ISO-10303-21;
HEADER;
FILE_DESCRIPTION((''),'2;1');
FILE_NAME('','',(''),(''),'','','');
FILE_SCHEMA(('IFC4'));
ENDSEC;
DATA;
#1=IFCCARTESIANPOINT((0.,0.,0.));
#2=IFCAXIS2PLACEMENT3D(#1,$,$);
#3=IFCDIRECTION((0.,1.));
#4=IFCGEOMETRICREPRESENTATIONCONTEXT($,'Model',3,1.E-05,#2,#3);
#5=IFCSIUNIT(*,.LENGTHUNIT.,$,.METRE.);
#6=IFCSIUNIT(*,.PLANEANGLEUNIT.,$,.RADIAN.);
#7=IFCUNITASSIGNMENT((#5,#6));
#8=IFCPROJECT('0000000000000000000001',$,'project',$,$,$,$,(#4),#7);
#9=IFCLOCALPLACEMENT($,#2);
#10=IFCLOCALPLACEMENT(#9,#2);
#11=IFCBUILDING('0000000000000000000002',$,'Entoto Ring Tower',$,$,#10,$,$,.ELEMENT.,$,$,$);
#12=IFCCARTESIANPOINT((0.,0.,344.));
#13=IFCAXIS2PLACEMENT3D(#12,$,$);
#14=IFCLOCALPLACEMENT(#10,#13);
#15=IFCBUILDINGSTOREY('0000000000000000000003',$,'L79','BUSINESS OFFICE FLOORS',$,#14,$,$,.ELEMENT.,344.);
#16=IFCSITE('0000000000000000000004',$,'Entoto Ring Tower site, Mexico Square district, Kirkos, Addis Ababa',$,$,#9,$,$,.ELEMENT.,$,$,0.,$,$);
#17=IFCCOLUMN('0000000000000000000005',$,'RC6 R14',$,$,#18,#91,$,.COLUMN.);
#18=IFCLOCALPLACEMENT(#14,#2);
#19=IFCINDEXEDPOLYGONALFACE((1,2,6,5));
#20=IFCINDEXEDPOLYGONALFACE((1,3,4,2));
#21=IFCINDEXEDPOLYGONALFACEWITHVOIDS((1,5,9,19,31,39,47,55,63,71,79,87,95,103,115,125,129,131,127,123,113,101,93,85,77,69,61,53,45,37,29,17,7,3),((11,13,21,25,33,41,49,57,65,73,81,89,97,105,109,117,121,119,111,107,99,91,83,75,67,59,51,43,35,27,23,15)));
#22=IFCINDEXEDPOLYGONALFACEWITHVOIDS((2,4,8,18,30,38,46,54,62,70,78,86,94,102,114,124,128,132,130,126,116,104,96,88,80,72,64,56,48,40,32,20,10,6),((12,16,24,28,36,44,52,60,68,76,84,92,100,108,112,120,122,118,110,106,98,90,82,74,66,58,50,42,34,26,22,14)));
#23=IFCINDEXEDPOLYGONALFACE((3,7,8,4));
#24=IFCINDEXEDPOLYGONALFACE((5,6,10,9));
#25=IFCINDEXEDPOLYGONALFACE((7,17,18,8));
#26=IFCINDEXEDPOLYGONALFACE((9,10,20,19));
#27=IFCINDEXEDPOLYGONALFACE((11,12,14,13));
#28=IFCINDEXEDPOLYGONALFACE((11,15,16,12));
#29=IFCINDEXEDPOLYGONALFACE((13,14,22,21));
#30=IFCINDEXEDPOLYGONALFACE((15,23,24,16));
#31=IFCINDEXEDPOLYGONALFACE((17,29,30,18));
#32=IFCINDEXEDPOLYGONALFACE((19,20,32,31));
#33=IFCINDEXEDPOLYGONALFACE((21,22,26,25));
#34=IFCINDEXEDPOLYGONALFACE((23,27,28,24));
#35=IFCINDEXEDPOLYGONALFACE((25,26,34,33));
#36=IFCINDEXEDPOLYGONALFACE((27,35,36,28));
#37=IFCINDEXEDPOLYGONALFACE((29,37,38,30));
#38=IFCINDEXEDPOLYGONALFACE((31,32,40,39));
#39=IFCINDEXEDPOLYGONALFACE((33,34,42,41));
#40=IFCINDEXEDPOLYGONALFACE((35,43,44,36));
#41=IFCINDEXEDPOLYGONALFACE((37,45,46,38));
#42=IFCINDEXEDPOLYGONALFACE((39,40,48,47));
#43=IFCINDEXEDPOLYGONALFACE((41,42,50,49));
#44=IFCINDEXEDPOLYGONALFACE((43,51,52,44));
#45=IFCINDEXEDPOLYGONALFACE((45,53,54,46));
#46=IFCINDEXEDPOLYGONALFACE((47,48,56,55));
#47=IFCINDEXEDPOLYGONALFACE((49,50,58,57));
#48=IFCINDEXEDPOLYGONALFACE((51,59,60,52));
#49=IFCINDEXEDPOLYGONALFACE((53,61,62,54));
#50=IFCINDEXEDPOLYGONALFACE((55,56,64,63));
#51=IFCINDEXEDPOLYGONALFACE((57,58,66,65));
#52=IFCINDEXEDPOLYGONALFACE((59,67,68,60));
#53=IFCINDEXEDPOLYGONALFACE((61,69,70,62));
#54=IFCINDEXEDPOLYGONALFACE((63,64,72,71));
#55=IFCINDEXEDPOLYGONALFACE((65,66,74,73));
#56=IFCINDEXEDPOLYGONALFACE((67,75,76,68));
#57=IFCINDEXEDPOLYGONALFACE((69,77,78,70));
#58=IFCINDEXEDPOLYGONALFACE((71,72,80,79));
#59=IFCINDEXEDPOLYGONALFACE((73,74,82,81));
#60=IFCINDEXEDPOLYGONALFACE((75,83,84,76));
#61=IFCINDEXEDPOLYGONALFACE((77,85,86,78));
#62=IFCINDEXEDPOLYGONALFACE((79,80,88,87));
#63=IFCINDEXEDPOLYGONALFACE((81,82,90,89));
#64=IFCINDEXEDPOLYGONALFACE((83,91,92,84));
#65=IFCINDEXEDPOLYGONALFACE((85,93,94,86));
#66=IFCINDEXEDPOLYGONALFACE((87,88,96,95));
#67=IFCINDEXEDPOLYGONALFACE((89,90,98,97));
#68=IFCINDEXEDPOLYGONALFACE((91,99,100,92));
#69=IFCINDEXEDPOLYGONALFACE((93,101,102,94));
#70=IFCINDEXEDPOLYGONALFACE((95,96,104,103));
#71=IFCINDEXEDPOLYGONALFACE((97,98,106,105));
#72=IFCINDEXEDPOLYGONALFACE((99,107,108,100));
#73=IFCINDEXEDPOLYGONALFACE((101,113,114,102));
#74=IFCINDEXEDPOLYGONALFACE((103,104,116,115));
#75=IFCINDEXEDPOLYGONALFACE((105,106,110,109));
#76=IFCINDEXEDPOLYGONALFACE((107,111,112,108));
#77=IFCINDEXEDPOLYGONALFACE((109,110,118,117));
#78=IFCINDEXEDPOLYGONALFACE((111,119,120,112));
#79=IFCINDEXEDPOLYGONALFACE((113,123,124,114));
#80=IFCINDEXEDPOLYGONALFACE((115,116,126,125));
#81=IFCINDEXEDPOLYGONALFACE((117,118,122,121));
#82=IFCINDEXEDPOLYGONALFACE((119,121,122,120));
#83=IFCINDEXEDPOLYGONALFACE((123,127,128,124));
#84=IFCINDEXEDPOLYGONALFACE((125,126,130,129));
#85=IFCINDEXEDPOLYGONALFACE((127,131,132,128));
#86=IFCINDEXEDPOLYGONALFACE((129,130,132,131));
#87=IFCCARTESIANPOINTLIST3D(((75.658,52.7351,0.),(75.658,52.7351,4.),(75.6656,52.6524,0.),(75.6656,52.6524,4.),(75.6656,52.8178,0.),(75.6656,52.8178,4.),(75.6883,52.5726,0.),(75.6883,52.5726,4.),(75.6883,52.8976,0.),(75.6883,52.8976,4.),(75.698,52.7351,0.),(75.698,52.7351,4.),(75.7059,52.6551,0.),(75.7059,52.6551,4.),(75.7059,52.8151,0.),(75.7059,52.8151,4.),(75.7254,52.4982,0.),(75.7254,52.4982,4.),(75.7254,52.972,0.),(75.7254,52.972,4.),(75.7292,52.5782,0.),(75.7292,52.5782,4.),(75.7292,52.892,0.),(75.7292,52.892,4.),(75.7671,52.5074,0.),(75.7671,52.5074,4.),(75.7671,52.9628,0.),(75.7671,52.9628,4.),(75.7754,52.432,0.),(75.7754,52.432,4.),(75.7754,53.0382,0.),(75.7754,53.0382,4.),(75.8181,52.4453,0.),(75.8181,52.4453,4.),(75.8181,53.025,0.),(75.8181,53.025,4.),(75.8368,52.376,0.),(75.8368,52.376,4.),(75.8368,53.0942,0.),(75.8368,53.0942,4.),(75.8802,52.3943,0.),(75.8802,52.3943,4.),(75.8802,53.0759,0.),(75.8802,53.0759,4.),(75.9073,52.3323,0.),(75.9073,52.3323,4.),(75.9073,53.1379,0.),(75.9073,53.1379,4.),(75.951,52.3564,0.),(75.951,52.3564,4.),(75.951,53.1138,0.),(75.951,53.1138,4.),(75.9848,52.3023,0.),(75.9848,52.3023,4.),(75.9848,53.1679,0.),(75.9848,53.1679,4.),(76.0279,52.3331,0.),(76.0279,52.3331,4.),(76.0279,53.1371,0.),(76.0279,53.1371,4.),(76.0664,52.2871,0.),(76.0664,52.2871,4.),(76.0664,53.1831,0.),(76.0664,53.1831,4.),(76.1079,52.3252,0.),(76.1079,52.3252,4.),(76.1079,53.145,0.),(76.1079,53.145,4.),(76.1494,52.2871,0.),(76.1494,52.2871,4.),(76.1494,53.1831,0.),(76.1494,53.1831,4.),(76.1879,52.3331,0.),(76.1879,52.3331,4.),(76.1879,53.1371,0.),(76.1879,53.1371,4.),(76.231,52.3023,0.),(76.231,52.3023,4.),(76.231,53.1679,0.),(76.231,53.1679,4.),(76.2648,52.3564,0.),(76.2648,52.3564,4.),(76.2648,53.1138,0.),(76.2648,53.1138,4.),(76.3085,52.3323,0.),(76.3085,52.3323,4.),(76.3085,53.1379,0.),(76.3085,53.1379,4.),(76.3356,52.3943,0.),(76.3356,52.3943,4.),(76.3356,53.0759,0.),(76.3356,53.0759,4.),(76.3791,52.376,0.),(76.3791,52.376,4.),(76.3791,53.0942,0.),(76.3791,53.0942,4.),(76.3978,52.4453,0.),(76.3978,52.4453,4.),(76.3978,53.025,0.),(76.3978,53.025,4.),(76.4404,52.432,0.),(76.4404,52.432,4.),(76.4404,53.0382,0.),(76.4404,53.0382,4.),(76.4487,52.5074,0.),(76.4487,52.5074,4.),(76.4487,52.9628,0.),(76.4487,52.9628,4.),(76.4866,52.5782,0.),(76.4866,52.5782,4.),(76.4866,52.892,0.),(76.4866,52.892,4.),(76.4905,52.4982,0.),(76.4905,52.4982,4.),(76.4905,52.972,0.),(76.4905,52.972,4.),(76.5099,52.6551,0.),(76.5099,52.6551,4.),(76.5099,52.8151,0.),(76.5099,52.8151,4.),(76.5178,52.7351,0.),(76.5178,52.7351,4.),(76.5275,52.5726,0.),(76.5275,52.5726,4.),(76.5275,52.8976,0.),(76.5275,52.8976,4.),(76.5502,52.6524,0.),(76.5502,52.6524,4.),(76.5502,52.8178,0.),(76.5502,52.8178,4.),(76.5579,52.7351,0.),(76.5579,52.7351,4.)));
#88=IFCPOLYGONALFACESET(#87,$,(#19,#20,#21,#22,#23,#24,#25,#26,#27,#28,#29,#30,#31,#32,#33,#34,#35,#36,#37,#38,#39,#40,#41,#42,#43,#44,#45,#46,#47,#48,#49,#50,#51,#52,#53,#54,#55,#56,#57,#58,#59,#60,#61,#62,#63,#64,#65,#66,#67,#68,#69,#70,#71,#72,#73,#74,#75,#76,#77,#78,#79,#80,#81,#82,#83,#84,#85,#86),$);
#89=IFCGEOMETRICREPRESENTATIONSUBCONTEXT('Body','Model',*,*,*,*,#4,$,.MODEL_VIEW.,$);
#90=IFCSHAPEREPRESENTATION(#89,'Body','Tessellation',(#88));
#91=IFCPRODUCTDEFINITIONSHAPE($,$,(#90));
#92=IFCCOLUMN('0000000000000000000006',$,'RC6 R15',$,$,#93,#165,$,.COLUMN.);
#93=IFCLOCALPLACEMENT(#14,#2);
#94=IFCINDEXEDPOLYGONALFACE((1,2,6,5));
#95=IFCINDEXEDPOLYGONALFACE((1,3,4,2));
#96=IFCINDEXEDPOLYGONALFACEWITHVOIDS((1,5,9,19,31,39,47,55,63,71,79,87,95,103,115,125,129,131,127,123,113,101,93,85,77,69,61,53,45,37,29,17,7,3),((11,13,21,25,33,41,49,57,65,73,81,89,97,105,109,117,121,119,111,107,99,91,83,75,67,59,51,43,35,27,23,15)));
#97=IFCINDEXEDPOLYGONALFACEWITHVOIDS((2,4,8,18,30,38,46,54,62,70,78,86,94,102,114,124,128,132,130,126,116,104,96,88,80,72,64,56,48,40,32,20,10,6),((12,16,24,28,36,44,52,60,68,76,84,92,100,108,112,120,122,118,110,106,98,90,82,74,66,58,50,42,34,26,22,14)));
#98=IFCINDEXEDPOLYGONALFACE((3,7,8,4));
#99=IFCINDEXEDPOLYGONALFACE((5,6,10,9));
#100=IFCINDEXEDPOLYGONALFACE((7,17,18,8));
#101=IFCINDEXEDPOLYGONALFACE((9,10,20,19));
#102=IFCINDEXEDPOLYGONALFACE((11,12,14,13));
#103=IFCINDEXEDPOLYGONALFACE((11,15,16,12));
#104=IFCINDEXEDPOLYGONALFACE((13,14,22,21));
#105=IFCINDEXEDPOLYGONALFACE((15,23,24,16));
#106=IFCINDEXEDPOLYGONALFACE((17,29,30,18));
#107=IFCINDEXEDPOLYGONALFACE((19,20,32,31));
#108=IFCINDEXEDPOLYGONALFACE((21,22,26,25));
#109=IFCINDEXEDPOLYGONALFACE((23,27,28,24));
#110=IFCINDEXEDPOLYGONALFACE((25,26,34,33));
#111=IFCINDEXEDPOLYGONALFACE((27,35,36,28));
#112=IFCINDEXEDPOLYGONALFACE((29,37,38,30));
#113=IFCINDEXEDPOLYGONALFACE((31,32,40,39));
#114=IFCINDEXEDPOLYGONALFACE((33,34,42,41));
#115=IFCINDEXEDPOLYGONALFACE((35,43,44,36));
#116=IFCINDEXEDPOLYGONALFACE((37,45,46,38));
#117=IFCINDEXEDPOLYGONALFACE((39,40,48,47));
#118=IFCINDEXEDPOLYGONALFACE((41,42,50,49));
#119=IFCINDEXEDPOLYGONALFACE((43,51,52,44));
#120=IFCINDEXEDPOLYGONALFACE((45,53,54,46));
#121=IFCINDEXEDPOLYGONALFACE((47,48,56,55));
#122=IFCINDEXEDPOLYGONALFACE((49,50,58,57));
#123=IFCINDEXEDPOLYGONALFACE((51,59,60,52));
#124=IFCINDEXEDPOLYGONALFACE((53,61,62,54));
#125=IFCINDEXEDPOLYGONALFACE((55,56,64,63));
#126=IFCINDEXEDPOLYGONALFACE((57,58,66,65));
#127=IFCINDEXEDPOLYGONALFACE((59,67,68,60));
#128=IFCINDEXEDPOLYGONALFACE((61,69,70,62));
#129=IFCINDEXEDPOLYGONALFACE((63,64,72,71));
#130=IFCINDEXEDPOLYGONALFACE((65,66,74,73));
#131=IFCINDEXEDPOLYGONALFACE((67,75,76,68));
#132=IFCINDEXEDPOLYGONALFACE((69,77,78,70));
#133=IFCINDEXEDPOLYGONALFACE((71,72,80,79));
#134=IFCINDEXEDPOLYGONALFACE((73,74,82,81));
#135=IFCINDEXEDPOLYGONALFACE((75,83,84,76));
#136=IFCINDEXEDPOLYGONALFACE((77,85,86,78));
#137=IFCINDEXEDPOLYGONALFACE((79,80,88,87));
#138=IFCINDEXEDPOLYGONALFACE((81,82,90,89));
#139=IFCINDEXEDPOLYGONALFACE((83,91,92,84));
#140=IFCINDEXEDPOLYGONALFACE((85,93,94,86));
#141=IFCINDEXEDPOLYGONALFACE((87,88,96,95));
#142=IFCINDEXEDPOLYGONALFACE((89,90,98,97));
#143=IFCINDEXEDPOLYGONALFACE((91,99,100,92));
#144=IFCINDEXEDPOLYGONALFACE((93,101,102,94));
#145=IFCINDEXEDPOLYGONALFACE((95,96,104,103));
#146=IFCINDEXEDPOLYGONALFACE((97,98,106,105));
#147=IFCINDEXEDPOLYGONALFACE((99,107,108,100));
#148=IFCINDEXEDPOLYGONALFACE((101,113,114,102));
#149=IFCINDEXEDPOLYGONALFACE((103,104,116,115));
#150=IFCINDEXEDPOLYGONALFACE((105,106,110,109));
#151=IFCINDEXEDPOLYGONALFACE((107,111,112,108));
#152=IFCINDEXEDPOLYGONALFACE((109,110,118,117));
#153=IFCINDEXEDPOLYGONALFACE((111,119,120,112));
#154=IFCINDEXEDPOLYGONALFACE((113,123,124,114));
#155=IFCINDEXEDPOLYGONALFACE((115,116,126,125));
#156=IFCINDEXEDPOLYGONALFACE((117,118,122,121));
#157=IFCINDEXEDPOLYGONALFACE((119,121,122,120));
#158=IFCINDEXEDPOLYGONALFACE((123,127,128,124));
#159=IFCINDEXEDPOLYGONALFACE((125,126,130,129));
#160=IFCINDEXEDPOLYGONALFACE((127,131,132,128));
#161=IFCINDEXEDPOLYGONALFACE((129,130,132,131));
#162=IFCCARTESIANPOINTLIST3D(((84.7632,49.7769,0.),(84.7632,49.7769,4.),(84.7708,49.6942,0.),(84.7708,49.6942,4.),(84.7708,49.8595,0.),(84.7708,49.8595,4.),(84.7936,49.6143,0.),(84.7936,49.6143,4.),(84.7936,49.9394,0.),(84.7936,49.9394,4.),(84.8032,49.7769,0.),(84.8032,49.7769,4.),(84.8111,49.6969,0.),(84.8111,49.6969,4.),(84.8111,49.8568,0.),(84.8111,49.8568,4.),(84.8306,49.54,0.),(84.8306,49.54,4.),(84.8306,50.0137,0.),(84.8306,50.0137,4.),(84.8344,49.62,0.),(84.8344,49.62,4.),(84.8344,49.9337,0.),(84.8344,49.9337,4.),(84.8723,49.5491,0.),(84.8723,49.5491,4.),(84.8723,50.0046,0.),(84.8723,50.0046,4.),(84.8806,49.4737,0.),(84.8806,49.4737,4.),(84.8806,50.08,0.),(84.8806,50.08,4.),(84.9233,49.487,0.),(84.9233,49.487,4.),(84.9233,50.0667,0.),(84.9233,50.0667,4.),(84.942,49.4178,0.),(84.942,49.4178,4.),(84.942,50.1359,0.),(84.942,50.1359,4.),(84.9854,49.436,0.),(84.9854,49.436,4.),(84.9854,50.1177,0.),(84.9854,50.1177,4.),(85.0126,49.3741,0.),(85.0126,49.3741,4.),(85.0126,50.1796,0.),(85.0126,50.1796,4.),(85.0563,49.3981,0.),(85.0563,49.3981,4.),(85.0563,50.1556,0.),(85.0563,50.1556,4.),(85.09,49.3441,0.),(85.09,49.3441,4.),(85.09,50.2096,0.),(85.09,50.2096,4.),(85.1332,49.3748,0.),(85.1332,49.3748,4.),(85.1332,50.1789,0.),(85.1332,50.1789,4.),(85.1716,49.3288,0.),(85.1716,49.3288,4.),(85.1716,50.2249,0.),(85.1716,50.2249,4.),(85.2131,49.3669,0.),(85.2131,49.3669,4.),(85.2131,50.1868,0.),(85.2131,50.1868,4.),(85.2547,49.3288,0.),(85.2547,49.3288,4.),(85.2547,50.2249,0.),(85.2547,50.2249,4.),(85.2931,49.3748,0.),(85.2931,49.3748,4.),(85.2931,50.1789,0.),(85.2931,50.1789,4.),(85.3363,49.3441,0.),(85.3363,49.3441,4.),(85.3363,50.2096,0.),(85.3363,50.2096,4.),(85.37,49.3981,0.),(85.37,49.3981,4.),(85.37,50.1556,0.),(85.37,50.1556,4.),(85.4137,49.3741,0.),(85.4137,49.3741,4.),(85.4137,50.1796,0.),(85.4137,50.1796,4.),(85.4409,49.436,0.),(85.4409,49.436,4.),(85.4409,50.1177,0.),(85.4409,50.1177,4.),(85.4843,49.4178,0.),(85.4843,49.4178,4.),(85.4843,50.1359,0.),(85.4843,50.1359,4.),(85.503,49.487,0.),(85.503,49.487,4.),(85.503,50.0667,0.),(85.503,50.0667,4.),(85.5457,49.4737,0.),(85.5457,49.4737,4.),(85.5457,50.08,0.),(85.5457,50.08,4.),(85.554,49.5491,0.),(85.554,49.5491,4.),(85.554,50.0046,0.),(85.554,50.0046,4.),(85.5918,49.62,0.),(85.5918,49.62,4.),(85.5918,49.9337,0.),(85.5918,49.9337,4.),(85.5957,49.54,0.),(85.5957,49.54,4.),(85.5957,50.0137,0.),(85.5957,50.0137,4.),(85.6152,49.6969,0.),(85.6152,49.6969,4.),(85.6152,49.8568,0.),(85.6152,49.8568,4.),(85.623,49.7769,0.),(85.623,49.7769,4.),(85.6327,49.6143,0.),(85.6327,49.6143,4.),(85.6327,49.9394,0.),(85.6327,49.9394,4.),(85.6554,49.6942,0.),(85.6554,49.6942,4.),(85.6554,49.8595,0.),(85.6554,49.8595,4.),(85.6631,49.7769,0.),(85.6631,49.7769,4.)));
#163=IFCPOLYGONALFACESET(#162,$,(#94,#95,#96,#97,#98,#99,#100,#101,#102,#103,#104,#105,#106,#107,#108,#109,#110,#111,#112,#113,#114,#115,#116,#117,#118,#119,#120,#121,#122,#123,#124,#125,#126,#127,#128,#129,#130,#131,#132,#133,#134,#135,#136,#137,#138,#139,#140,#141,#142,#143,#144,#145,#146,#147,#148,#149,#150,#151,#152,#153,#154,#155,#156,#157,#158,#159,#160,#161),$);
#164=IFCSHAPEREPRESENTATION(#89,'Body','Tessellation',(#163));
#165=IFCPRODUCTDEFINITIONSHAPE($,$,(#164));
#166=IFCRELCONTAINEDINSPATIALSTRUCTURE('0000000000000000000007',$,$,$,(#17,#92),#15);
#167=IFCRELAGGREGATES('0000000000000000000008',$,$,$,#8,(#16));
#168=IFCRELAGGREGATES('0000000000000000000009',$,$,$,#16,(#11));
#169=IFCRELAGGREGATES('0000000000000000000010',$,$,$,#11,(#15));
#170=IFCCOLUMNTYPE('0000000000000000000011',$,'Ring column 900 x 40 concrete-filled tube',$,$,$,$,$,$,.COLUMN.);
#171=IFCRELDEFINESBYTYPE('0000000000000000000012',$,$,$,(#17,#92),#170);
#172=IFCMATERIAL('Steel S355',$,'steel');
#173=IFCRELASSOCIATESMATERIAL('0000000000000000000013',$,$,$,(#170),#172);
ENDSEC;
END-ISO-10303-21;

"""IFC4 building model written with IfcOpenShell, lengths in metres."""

from ifc_helpers import new_model, si_unit, direction, frame, origin, origin_2d, place, context, subcontext, project, spatial, circle, hollow_circle, extrude, material, material_profile, profile_set, type_object, element, save


model = new_model("IFC4")

# Units and contexts
model_context = context("Model", 3, precision=1e-05, world=origin(), true_north=direction((0.0, 1.0)))
body_context = subcontext(model_context, "Body", "Model", "MODEL_VIEW")
ifc_project = project(units=[si_unit("LENGTHUNIT", "METRE"), si_unit("PLANEANGLEUNIT", "RADIAN")], contexts=[model_context])

# Site, building, storey
site_placement = place(None, origin())
site = spatial("IfcSite", under=ifc_project, at=site_placement, Name="Entoto Ring Tower site, Mexico Square district, Kirkos, Addis Ababa", CompositionType="ELEMENT", RefElevation=0.0)
building_placement = place(site_placement, origin())
building = spatial("IfcBuilding", under=site, at=building_placement, Name="Entoto Ring Tower", CompositionType="ELEMENT")
storey_placement = place(building_placement, frame((0.0, 0.0, 344.0)))
storey = spatial("IfcBuildingStorey", under=building, at=storey_placement, Name="L79", Description="BUSINESS OFFICE FLOORS", CompositionType="ELEMENT", Elevation=344.0)

# Columns
ifc_material_1 = material(Name="Steel S355", Category="steel")
ifc_material_profile_1 = material_profile(ifc_material_1, hollow_circle(Radius=0.45, WallThickness=0.04, at=origin_2d()), Name="CHS 900 x 40")
ifc_material_2 = material(Name="Concrete C60/75", Category="concrete")
ifc_material_profile_2 = material_profile(ifc_material_2, circle(Radius=0.4099, at=origin_2d()), Name="Concrete C60/75 infill")
ifc_profile_set_1 = profile_set([ifc_material_profile_1, ifc_material_profile_2], Name="Steel S355")
column_type = type_object("IfcColumnType", Name="Ring column 900 x 40 concrete-filled tube", PredefinedType="COLUMN", material=ifc_profile_set_1)
for number, where, z_axis, x_axis, name in (
    (1, (76.1079, 52.7351, 0.0), (0.0, 0.0, 1.0), (1.0, 0.0, 0.0), "RC6 R14"),
    (2, (85.2131, 49.7769, 0.0), (0.0, 0.0, 1.0), (1.0, 0.0, 0.0), "RC6 R15"),
):
    element("IfcColumn", number, at=place(storey_placement, frame(where, z_axis=z_axis, x_axis=x_axis)), inside=storey, type_object=column_type, Name=name, PredefinedType="COLUMN", context=body_context, shape_type="SweptSolid", body=[
        extrude(hollow_circle(Radius=0.45, WallThickness=0.04, at=origin_2d()), origin(), (0.0, 0.0, 1.0), 4.0),
    ])

save(model, "model.ifc")
